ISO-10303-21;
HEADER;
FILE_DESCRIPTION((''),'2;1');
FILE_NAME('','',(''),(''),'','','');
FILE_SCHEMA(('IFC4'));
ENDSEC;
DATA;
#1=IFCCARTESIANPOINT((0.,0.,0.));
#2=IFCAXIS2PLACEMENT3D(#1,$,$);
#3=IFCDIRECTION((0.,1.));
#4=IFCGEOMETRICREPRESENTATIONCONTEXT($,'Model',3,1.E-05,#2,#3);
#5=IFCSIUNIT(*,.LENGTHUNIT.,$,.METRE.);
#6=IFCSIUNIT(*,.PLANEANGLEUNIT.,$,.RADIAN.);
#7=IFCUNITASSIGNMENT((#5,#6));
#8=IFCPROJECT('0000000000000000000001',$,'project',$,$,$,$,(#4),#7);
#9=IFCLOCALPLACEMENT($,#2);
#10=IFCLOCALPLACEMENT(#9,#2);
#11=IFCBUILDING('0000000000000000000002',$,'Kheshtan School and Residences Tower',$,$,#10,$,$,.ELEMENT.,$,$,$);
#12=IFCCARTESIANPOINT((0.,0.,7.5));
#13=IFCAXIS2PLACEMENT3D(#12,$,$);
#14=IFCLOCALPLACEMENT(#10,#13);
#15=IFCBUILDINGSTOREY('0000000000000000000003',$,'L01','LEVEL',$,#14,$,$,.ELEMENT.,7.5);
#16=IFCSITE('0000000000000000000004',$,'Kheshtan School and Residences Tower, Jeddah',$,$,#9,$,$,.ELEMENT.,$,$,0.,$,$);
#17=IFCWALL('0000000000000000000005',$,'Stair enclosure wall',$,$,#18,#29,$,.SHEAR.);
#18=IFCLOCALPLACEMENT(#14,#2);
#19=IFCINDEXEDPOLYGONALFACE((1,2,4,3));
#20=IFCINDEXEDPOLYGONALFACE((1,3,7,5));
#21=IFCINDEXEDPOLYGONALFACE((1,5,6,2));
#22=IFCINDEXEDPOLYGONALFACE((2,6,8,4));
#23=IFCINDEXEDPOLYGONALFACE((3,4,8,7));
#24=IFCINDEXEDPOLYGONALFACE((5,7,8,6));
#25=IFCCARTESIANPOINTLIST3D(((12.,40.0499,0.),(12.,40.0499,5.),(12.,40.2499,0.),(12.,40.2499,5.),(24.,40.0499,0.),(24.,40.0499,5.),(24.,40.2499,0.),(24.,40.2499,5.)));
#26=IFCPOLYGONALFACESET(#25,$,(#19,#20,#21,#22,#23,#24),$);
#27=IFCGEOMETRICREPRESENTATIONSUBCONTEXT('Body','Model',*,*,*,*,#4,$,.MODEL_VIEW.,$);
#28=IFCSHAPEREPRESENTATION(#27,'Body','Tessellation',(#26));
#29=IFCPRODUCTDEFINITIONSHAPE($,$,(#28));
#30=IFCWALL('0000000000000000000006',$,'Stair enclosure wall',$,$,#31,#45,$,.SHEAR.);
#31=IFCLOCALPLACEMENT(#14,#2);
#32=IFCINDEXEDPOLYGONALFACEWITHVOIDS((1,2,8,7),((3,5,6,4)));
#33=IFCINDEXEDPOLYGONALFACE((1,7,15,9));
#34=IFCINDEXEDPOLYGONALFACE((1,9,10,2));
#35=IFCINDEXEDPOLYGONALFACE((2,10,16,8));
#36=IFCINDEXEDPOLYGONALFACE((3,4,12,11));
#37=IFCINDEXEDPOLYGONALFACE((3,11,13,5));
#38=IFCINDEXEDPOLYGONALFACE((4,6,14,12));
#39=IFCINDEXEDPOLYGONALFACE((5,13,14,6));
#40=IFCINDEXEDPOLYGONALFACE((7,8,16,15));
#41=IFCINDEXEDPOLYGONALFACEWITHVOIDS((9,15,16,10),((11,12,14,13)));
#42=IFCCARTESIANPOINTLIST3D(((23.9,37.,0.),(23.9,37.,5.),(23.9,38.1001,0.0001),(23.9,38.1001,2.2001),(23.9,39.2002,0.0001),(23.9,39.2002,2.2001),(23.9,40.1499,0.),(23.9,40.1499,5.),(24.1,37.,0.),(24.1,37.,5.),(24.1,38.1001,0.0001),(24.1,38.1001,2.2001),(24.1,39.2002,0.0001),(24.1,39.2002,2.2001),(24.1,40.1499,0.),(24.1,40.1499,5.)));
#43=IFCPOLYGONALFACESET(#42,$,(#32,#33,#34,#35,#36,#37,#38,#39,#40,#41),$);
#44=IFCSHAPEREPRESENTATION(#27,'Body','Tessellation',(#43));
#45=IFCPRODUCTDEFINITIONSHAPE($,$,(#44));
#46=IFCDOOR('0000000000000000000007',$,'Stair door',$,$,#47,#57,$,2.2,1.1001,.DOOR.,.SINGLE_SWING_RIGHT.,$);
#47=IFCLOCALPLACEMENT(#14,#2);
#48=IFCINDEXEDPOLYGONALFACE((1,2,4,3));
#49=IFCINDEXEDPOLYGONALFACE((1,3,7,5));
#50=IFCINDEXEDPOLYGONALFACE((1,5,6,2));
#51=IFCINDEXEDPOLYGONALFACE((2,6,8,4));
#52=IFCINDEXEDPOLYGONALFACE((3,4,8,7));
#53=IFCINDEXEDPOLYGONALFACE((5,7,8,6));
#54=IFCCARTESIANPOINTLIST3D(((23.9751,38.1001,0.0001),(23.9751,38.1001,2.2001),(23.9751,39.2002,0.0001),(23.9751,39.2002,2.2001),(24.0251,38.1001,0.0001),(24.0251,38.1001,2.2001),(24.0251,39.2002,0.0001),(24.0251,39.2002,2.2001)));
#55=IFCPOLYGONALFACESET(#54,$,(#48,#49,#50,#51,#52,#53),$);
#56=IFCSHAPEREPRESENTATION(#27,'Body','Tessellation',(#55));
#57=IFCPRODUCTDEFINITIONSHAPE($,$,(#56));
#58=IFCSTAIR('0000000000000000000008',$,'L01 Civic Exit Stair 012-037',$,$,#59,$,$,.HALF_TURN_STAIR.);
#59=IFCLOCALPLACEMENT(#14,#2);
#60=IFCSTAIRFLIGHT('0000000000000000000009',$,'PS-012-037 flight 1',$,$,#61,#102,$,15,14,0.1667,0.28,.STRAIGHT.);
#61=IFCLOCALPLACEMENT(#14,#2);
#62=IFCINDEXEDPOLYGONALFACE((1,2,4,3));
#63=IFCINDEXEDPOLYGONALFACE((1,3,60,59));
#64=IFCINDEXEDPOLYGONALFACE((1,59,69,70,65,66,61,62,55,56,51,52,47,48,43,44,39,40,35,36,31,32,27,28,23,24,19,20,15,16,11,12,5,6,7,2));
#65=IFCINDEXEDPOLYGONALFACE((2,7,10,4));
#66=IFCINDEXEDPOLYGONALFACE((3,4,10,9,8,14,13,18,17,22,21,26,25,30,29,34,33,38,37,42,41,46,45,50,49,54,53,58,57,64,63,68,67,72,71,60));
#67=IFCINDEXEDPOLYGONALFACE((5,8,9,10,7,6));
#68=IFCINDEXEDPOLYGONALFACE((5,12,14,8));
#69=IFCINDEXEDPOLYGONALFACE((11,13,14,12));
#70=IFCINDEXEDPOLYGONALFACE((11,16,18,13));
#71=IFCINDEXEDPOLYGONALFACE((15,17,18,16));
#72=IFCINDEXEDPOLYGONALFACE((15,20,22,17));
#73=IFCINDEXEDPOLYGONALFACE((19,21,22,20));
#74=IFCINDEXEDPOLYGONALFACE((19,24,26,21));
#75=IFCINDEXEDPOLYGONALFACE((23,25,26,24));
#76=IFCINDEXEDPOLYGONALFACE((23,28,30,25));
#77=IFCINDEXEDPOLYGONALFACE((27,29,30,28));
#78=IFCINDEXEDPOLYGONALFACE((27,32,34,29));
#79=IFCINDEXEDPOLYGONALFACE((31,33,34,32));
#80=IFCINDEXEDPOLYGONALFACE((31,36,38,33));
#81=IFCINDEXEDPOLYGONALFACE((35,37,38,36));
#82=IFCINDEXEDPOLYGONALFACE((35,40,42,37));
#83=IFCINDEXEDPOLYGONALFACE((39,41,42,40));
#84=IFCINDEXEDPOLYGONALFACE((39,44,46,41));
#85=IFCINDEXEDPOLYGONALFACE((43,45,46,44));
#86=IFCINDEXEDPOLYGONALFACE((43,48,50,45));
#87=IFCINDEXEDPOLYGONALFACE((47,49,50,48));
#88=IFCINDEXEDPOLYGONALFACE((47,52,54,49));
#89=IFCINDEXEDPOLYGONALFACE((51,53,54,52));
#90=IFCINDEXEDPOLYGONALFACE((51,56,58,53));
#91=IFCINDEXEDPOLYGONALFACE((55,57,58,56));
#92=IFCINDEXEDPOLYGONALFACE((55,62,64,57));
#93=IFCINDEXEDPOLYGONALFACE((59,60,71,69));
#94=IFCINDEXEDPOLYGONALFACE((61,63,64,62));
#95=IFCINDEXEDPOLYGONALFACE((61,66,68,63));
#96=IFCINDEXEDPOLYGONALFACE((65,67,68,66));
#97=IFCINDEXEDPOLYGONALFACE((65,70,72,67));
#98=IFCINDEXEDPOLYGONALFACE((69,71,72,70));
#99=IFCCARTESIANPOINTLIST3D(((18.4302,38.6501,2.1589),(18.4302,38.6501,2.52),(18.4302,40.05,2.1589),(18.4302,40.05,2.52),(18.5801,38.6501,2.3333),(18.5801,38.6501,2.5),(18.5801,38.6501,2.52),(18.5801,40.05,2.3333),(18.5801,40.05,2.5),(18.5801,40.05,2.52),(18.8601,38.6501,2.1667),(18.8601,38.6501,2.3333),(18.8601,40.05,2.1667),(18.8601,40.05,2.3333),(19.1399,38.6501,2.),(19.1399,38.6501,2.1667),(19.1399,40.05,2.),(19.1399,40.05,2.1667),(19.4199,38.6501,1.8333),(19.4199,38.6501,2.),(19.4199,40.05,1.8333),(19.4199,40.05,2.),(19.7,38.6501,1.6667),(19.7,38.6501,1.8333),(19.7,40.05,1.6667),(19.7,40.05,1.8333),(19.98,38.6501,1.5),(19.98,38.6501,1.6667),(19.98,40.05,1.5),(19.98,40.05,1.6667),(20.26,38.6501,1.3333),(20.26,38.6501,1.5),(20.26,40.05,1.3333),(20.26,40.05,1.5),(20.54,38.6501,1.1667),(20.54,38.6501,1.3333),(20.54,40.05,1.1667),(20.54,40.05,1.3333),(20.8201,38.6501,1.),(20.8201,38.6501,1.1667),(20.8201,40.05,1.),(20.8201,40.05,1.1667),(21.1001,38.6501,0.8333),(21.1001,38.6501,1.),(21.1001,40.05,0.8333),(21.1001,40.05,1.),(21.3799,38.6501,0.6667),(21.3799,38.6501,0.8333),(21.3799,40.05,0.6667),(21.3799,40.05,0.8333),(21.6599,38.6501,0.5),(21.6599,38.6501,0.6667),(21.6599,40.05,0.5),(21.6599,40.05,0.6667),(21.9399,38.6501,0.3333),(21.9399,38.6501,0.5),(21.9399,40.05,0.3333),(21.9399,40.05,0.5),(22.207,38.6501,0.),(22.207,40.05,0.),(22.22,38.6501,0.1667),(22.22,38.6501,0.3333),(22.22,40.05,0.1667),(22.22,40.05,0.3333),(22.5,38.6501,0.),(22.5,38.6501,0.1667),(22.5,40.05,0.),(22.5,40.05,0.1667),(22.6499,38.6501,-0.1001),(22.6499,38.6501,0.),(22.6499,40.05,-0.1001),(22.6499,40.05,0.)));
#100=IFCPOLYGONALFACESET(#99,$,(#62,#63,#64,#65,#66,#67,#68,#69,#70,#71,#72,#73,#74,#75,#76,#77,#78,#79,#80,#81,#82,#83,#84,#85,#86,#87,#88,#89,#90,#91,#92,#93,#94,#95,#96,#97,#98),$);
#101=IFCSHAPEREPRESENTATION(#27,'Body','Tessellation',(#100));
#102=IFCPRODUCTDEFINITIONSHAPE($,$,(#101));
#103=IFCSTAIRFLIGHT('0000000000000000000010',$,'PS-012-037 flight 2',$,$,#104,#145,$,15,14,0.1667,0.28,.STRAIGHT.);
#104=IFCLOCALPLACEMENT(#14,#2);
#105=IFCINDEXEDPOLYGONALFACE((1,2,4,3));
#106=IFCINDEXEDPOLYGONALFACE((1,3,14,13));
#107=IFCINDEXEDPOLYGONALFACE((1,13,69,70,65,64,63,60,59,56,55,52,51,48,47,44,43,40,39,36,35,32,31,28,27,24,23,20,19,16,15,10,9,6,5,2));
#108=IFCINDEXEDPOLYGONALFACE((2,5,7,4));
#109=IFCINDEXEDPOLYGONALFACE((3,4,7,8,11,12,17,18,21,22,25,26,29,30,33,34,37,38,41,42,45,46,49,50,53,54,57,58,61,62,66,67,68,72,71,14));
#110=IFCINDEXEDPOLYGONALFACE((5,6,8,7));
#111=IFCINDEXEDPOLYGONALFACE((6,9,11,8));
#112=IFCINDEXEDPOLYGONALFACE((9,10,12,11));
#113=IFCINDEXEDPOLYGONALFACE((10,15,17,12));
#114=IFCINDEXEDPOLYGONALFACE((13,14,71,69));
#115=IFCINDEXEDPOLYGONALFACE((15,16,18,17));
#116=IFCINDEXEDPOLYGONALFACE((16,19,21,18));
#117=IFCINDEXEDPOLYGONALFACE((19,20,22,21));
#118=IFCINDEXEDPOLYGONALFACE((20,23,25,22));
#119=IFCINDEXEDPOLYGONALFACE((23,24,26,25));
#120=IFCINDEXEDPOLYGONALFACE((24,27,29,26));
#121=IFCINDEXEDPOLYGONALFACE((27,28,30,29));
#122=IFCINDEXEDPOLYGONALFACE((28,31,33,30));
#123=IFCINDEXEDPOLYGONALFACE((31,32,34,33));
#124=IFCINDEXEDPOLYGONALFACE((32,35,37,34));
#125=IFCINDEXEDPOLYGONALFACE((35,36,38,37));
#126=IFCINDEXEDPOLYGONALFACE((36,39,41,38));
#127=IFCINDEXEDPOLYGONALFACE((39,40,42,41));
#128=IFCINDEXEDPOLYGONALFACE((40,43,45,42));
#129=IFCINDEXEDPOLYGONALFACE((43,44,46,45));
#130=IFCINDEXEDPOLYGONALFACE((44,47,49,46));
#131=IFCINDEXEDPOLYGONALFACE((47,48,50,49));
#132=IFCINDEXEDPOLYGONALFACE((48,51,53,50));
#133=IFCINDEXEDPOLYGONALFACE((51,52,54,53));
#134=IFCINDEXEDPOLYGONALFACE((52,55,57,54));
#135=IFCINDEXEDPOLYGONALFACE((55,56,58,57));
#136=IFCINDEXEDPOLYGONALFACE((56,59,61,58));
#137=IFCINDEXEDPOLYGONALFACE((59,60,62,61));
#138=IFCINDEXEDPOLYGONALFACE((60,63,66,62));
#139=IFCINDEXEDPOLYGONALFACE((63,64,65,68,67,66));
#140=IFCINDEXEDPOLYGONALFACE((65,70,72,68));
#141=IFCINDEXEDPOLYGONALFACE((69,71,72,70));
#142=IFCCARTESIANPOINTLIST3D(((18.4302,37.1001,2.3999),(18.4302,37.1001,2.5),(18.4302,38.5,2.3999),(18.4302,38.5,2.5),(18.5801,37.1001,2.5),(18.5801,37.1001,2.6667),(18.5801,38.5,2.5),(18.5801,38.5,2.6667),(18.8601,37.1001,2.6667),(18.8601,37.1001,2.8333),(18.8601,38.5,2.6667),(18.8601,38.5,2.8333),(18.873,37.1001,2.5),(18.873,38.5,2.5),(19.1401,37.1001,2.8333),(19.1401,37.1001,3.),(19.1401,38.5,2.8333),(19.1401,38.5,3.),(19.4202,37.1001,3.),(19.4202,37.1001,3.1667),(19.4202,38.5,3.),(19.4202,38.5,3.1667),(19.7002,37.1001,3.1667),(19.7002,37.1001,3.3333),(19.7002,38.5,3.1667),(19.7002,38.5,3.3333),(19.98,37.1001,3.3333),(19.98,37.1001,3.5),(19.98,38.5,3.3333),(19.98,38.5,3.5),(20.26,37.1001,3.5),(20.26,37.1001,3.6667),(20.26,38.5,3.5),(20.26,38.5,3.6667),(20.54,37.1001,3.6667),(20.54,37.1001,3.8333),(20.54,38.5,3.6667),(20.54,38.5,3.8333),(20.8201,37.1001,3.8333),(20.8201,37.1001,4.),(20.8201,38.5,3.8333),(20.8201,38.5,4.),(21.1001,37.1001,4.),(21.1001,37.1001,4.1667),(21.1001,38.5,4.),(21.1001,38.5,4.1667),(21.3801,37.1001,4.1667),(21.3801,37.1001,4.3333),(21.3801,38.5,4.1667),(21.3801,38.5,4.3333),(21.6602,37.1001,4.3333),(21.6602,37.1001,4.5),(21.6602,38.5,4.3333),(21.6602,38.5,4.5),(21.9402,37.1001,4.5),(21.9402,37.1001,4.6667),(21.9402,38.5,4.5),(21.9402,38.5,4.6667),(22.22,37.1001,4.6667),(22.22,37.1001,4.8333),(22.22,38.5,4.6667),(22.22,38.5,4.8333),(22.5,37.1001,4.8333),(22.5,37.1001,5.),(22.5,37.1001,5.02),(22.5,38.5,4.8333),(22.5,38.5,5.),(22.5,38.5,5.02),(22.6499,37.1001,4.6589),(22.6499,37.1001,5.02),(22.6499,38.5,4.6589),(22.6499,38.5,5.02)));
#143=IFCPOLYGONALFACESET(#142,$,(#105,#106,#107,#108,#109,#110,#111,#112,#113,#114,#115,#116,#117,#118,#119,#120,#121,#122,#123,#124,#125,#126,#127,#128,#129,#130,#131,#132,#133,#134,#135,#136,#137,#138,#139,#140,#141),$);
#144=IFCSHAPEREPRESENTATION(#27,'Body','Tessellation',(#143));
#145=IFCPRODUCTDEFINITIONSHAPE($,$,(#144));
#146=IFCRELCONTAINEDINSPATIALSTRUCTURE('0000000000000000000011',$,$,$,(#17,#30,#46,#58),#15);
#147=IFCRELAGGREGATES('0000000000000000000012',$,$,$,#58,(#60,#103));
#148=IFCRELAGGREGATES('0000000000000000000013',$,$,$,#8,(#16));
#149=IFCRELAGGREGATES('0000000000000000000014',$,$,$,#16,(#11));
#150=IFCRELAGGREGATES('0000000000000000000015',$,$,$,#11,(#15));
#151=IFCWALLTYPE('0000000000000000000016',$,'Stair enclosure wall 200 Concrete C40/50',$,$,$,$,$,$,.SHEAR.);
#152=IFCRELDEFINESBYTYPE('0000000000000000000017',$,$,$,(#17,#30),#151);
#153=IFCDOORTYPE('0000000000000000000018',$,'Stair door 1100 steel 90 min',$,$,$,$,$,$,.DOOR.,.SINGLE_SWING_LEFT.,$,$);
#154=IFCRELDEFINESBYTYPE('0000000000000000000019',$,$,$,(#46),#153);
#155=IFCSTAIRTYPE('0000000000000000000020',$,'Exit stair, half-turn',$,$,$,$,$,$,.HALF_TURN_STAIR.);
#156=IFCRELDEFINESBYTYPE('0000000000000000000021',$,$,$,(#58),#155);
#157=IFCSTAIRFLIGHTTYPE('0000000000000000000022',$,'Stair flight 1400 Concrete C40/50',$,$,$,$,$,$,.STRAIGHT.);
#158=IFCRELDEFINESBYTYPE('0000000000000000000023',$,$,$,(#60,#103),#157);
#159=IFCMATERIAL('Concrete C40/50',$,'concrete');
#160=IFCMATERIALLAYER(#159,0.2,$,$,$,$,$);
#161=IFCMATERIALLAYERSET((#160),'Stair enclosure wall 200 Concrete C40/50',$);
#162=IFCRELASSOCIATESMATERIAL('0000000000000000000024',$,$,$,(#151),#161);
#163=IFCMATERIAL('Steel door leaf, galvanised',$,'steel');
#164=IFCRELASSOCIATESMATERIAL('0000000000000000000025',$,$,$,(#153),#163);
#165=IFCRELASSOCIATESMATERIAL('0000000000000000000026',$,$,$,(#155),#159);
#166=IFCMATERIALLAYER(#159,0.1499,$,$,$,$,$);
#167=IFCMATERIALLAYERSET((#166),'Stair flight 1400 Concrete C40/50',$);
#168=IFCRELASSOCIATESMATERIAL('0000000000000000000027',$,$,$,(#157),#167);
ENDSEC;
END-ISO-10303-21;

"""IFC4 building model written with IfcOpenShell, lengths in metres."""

from ifc_helpers import new_model, si_unit, direction, frame, frame_2d, origin, place, context, subcontext, project, spatial, polyline, rectangle, outline, extrude, source, transform, mapped, material, layer, layer_set, type_object, element, fill, aggregate, save


model = new_model("IFC4")

# Units and contexts
model_context = context("Model", 3, precision=1e-05, world=origin(), true_north=direction((0.0, 1.0)))
body_context = subcontext(model_context, "Body", "Model", "MODEL_VIEW")
ifc_project = project(units=[si_unit("LENGTHUNIT", "METRE"), si_unit("PLANEANGLEUNIT", "RADIAN")], contexts=[model_context])

# Site, building, storey
site_placement = place(None, origin())
site = spatial("IfcSite", under=ifc_project, at=site_placement, Name="Kheshtan School and Residences Tower, Jeddah", CompositionType="ELEMENT", RefElevation=0.0)
building_placement = place(site_placement, origin())
building = spatial("IfcBuilding", under=site, at=building_placement, Name="Kheshtan School and Residences Tower", CompositionType="ELEMENT")
storey_placement = place(building_placement, frame((0.0, 0.0, 7.5)))
storey = spatial("IfcBuildingStorey", under=building, at=storey_placement, Name="L01", Description="LEVEL", CompositionType="ELEMENT", Elevation=7.5)

# Wall
ifc_material_1 = material(Name="Concrete C40/50", Category="concrete")
ifc_layer_1 = layer(ifc_material_1, 0.2)
ifc_layer_set_1 = layer_set([ifc_layer_1], Name="Stair enclosure wall 200 Concrete C40/50")
wall_type_1 = type_object("IfcWallType", Name="Stair enclosure wall 200 Concrete C40/50", PredefinedType="SHEAR", material=ifc_layer_set_1)
wall_1_placement = place(storey_placement, frame((12.0, 40.1499, 0.0), z_axis=(0.0, 0.0, 1.0), x_axis=(1.0, 0.0, 0.0)))
element("IfcWall", 1, at=wall_1_placement, inside=storey, type_object=wall_type_1, Name="Stair enclosure wall", PredefinedType="SHEAR", context=body_context, shape_type="SweptSolid", body=[
    extrude(rectangle(XDim=12.0, YDim=0.2, at=frame_2d((6.0, 0.0))), origin(), (0.0, 0.0, 1.0), 5.0),
])

# Wall, opening, door
wall_2_placement = place(storey_placement, frame((24.0, 37.0, 0.0), z_axis=(0.0, 0.0, 1.0), x_axis=(0.0, 1.0, 0.0)))
wall_2 = element("IfcWall", 2, at=wall_2_placement, inside=storey, type_object=wall_type_1, Name="Stair enclosure wall", PredefinedType="SHEAR", context=body_context, shape_type="SweptSolid", body=[
    extrude(rectangle(XDim=3.1499, YDim=0.2, at=frame_2d((1.575, 0.0))), origin(), (0.0, 0.0, 1.0), 5.0),
])
opening_1_placement = place(wall_2_placement, frame((1.1001, 0.0, 0.0)))
opening_1 = element("IfcOpeningElement", 3, at=opening_1_placement, cuts=wall_2, PredefinedType="OPENING", context=body_context, shape_type="SweptSolid", body=[
    extrude(rectangle(XDim=1.1001, YDim=2.2, at=frame_2d((0.55, 1.1001))), frame((0.0, 0.1099, 0.0), z_axis=(0.0, -1.0, 0.0), x_axis=(1.0, 0.0, 0.0)), (0.0, 0.0, 1.0), 0.22),
])
ifc_material_2 = material(Name="Steel door leaf, galvanised", Category="steel")
door_type_1 = type_object("IfcDoorType", Name="Stair door 1100 steel 90 min", OperationType="SINGLE_SWING_LEFT", PredefinedType="DOOR", material=ifc_material_2)
shared_shape_1 = source(origin(), body_context, "Body", "SweptSolid", [
    extrude(rectangle(XDim=1.1001, YDim=2.2, at=frame_2d((0.55, 1.1001))), frame((0.0, 0.0249, 0.0), z_axis=(0.0, -1.0, 0.0), x_axis=(1.0, 0.0, 0.0)), (0.0, 0.0, 1.0), 0.05),
])
door_1_placement = place(opening_1_placement, origin())
door_1 = element("IfcDoor", 4, at=door_1_placement, inside=storey, type_object=door_type_1, Name="Stair door", OperationType="SINGLE_SWING_RIGHT", OverallHeight=2.2, OverallWidth=1.1001, PredefinedType="DOOR", context=body_context, shape_type="MappedRepresentation", body=[
    mapped(shared_shape_1, transform((0.0, 0.0, 0.0), x_axis=(1.0, 0.0, 0.0), y_axis=(0.0, 1.0, 0.0), z_axis=(0.0, 0.0, 1.0), scale=1.0)),
])
fill(opening_1, door_1)

# Stair, stair flights
stair_type = type_object("IfcStairType", Name="Exit stair, half-turn", PredefinedType="HALF_TURN_STAIR", material=ifc_material_1)
stair_placement = place(storey_placement, origin())
stair = element("IfcStair", 5, at=stair_placement, inside=storey, type_object=stair_type, Name="L01 Civic Exit Stair 012-037", PredefinedType="HALF_TURN_STAIR")
ifc_layer_2 = layer(ifc_material_1, 0.1499)
ifc_layer_set_2 = layer_set([ifc_layer_2], Name="Stair flight 1400 Concrete C40/50")
stair_flight_type = type_object("IfcStairFlightType", Name="Stair flight 1400 Concrete C40/50", PredefinedType="STRAIGHT", material=ifc_layer_set_2)
stair_flight_1_placement = place(storey_placement, frame((22.5, 39.3501, 0.0), z_axis=(0.0, 0.0, 1.0), x_axis=(-1.0, 0.0, 0.0)))
stair_flight_1 = element("IfcStairFlight", 6, at=stair_flight_1_placement, type_object=stair_flight_type, Name="PS-012-037 flight 1", NumberOfRisers=15, NumberOfTreads=14, PredefinedType="STRAIGHT", RiserHeight=0.1667, TreadLength=0.28, context=body_context, shape_type="SweptSolid", body=[
    extrude(outline(polyline([(-0.1499, -0.1001), (-0.1499, 0.0), (0.0, 0.0), (0.0, 0.1667), (0.28, 0.1667), (0.28, 0.3333), (0.5601, 0.3333), (0.5601, 0.5), (0.8401, 0.5), (0.8401, 0.6667), (1.1201, 0.6667), (1.1201, 0.8333), (1.3999, 0.8333), (1.3999, 1.0), (1.6799, 1.0), (1.6799, 1.1667), (1.96, 1.1667), (1.96, 1.3333), (2.24, 1.3333), (2.24, 1.5), (2.52, 1.5), (2.52, 1.6667), (2.8, 1.6667), (2.8, 1.8333), (3.0801, 1.8333), (3.0801, 2.0), (3.3601, 2.0), (3.3601, 2.1667), (3.6399, 2.1667), (3.6399, 2.3333), (3.9199, 2.3333), (3.9199, 2.5), (3.9199, 2.52), (4.0698, 2.52), (4.0698, 2.1589), (0.293, 0.0), (-0.1499, -0.1001)])), frame((0.0, 0.7, 0.0), z_axis=(0.0, -1.0, 0.0), x_axis=(1.0, 0.0, 0.0)), (0.0, 0.0, 1.0), 1.3999),
])
stair_flight_2_placement = place(storey_placement, frame((18.5801, 37.8, 2.5), z_axis=(0.0, 0.0, 1.0), x_axis=(1.0, 0.0, 0.0)))
stair_flight_2 = element("IfcStairFlight", 7, at=stair_flight_2_placement, type_object=stair_flight_type, Name="PS-012-037 flight 2", NumberOfRisers=15, NumberOfTreads=14, PredefinedType="STRAIGHT", RiserHeight=0.1667, TreadLength=0.28, context=body_context, shape_type="SweptSolid", body=[
    extrude(outline(polyline([(-0.1499, -0.1001), (-0.1499, 0.0), (0.0, 0.0), (0.0, 0.1667), (0.28, 0.1667), (0.28, 0.3333), (0.5601, 0.3333), (0.5601, 0.5), (0.8401, 0.5), (0.8401, 0.6667), (1.1201, 0.6667), (1.1201, 0.8333), (1.3999, 0.8333), (1.3999, 1.0), (1.6799, 1.0), (1.6799, 1.1667), (1.96, 1.1667), (1.96, 1.3333), (2.24, 1.3333), (2.24, 1.5), (2.52, 1.5), (2.52, 1.6667), (2.8, 1.6667), (2.8, 1.8333), (3.0801, 1.8333), (3.0801, 2.0), (3.3601, 2.0), (3.3601, 2.1667), (3.6399, 2.1667), (3.6399, 2.3333), (3.9199, 2.3333), (3.9199, 2.5), (3.9199, 2.52), (4.0698, 2.52), (4.0698, 2.1589), (0.293, 0.0), (-0.1499, -0.1001)])), frame((0.0, 0.7, 0.0), z_axis=(0.0, -1.0, 0.0), x_axis=(1.0, 0.0, 0.0)), (0.0, 0.0, 1.0), 1.3999),
])
aggregate(stair, [stair_flight_1, stair_flight_2])

save(model, "model.ifc")
